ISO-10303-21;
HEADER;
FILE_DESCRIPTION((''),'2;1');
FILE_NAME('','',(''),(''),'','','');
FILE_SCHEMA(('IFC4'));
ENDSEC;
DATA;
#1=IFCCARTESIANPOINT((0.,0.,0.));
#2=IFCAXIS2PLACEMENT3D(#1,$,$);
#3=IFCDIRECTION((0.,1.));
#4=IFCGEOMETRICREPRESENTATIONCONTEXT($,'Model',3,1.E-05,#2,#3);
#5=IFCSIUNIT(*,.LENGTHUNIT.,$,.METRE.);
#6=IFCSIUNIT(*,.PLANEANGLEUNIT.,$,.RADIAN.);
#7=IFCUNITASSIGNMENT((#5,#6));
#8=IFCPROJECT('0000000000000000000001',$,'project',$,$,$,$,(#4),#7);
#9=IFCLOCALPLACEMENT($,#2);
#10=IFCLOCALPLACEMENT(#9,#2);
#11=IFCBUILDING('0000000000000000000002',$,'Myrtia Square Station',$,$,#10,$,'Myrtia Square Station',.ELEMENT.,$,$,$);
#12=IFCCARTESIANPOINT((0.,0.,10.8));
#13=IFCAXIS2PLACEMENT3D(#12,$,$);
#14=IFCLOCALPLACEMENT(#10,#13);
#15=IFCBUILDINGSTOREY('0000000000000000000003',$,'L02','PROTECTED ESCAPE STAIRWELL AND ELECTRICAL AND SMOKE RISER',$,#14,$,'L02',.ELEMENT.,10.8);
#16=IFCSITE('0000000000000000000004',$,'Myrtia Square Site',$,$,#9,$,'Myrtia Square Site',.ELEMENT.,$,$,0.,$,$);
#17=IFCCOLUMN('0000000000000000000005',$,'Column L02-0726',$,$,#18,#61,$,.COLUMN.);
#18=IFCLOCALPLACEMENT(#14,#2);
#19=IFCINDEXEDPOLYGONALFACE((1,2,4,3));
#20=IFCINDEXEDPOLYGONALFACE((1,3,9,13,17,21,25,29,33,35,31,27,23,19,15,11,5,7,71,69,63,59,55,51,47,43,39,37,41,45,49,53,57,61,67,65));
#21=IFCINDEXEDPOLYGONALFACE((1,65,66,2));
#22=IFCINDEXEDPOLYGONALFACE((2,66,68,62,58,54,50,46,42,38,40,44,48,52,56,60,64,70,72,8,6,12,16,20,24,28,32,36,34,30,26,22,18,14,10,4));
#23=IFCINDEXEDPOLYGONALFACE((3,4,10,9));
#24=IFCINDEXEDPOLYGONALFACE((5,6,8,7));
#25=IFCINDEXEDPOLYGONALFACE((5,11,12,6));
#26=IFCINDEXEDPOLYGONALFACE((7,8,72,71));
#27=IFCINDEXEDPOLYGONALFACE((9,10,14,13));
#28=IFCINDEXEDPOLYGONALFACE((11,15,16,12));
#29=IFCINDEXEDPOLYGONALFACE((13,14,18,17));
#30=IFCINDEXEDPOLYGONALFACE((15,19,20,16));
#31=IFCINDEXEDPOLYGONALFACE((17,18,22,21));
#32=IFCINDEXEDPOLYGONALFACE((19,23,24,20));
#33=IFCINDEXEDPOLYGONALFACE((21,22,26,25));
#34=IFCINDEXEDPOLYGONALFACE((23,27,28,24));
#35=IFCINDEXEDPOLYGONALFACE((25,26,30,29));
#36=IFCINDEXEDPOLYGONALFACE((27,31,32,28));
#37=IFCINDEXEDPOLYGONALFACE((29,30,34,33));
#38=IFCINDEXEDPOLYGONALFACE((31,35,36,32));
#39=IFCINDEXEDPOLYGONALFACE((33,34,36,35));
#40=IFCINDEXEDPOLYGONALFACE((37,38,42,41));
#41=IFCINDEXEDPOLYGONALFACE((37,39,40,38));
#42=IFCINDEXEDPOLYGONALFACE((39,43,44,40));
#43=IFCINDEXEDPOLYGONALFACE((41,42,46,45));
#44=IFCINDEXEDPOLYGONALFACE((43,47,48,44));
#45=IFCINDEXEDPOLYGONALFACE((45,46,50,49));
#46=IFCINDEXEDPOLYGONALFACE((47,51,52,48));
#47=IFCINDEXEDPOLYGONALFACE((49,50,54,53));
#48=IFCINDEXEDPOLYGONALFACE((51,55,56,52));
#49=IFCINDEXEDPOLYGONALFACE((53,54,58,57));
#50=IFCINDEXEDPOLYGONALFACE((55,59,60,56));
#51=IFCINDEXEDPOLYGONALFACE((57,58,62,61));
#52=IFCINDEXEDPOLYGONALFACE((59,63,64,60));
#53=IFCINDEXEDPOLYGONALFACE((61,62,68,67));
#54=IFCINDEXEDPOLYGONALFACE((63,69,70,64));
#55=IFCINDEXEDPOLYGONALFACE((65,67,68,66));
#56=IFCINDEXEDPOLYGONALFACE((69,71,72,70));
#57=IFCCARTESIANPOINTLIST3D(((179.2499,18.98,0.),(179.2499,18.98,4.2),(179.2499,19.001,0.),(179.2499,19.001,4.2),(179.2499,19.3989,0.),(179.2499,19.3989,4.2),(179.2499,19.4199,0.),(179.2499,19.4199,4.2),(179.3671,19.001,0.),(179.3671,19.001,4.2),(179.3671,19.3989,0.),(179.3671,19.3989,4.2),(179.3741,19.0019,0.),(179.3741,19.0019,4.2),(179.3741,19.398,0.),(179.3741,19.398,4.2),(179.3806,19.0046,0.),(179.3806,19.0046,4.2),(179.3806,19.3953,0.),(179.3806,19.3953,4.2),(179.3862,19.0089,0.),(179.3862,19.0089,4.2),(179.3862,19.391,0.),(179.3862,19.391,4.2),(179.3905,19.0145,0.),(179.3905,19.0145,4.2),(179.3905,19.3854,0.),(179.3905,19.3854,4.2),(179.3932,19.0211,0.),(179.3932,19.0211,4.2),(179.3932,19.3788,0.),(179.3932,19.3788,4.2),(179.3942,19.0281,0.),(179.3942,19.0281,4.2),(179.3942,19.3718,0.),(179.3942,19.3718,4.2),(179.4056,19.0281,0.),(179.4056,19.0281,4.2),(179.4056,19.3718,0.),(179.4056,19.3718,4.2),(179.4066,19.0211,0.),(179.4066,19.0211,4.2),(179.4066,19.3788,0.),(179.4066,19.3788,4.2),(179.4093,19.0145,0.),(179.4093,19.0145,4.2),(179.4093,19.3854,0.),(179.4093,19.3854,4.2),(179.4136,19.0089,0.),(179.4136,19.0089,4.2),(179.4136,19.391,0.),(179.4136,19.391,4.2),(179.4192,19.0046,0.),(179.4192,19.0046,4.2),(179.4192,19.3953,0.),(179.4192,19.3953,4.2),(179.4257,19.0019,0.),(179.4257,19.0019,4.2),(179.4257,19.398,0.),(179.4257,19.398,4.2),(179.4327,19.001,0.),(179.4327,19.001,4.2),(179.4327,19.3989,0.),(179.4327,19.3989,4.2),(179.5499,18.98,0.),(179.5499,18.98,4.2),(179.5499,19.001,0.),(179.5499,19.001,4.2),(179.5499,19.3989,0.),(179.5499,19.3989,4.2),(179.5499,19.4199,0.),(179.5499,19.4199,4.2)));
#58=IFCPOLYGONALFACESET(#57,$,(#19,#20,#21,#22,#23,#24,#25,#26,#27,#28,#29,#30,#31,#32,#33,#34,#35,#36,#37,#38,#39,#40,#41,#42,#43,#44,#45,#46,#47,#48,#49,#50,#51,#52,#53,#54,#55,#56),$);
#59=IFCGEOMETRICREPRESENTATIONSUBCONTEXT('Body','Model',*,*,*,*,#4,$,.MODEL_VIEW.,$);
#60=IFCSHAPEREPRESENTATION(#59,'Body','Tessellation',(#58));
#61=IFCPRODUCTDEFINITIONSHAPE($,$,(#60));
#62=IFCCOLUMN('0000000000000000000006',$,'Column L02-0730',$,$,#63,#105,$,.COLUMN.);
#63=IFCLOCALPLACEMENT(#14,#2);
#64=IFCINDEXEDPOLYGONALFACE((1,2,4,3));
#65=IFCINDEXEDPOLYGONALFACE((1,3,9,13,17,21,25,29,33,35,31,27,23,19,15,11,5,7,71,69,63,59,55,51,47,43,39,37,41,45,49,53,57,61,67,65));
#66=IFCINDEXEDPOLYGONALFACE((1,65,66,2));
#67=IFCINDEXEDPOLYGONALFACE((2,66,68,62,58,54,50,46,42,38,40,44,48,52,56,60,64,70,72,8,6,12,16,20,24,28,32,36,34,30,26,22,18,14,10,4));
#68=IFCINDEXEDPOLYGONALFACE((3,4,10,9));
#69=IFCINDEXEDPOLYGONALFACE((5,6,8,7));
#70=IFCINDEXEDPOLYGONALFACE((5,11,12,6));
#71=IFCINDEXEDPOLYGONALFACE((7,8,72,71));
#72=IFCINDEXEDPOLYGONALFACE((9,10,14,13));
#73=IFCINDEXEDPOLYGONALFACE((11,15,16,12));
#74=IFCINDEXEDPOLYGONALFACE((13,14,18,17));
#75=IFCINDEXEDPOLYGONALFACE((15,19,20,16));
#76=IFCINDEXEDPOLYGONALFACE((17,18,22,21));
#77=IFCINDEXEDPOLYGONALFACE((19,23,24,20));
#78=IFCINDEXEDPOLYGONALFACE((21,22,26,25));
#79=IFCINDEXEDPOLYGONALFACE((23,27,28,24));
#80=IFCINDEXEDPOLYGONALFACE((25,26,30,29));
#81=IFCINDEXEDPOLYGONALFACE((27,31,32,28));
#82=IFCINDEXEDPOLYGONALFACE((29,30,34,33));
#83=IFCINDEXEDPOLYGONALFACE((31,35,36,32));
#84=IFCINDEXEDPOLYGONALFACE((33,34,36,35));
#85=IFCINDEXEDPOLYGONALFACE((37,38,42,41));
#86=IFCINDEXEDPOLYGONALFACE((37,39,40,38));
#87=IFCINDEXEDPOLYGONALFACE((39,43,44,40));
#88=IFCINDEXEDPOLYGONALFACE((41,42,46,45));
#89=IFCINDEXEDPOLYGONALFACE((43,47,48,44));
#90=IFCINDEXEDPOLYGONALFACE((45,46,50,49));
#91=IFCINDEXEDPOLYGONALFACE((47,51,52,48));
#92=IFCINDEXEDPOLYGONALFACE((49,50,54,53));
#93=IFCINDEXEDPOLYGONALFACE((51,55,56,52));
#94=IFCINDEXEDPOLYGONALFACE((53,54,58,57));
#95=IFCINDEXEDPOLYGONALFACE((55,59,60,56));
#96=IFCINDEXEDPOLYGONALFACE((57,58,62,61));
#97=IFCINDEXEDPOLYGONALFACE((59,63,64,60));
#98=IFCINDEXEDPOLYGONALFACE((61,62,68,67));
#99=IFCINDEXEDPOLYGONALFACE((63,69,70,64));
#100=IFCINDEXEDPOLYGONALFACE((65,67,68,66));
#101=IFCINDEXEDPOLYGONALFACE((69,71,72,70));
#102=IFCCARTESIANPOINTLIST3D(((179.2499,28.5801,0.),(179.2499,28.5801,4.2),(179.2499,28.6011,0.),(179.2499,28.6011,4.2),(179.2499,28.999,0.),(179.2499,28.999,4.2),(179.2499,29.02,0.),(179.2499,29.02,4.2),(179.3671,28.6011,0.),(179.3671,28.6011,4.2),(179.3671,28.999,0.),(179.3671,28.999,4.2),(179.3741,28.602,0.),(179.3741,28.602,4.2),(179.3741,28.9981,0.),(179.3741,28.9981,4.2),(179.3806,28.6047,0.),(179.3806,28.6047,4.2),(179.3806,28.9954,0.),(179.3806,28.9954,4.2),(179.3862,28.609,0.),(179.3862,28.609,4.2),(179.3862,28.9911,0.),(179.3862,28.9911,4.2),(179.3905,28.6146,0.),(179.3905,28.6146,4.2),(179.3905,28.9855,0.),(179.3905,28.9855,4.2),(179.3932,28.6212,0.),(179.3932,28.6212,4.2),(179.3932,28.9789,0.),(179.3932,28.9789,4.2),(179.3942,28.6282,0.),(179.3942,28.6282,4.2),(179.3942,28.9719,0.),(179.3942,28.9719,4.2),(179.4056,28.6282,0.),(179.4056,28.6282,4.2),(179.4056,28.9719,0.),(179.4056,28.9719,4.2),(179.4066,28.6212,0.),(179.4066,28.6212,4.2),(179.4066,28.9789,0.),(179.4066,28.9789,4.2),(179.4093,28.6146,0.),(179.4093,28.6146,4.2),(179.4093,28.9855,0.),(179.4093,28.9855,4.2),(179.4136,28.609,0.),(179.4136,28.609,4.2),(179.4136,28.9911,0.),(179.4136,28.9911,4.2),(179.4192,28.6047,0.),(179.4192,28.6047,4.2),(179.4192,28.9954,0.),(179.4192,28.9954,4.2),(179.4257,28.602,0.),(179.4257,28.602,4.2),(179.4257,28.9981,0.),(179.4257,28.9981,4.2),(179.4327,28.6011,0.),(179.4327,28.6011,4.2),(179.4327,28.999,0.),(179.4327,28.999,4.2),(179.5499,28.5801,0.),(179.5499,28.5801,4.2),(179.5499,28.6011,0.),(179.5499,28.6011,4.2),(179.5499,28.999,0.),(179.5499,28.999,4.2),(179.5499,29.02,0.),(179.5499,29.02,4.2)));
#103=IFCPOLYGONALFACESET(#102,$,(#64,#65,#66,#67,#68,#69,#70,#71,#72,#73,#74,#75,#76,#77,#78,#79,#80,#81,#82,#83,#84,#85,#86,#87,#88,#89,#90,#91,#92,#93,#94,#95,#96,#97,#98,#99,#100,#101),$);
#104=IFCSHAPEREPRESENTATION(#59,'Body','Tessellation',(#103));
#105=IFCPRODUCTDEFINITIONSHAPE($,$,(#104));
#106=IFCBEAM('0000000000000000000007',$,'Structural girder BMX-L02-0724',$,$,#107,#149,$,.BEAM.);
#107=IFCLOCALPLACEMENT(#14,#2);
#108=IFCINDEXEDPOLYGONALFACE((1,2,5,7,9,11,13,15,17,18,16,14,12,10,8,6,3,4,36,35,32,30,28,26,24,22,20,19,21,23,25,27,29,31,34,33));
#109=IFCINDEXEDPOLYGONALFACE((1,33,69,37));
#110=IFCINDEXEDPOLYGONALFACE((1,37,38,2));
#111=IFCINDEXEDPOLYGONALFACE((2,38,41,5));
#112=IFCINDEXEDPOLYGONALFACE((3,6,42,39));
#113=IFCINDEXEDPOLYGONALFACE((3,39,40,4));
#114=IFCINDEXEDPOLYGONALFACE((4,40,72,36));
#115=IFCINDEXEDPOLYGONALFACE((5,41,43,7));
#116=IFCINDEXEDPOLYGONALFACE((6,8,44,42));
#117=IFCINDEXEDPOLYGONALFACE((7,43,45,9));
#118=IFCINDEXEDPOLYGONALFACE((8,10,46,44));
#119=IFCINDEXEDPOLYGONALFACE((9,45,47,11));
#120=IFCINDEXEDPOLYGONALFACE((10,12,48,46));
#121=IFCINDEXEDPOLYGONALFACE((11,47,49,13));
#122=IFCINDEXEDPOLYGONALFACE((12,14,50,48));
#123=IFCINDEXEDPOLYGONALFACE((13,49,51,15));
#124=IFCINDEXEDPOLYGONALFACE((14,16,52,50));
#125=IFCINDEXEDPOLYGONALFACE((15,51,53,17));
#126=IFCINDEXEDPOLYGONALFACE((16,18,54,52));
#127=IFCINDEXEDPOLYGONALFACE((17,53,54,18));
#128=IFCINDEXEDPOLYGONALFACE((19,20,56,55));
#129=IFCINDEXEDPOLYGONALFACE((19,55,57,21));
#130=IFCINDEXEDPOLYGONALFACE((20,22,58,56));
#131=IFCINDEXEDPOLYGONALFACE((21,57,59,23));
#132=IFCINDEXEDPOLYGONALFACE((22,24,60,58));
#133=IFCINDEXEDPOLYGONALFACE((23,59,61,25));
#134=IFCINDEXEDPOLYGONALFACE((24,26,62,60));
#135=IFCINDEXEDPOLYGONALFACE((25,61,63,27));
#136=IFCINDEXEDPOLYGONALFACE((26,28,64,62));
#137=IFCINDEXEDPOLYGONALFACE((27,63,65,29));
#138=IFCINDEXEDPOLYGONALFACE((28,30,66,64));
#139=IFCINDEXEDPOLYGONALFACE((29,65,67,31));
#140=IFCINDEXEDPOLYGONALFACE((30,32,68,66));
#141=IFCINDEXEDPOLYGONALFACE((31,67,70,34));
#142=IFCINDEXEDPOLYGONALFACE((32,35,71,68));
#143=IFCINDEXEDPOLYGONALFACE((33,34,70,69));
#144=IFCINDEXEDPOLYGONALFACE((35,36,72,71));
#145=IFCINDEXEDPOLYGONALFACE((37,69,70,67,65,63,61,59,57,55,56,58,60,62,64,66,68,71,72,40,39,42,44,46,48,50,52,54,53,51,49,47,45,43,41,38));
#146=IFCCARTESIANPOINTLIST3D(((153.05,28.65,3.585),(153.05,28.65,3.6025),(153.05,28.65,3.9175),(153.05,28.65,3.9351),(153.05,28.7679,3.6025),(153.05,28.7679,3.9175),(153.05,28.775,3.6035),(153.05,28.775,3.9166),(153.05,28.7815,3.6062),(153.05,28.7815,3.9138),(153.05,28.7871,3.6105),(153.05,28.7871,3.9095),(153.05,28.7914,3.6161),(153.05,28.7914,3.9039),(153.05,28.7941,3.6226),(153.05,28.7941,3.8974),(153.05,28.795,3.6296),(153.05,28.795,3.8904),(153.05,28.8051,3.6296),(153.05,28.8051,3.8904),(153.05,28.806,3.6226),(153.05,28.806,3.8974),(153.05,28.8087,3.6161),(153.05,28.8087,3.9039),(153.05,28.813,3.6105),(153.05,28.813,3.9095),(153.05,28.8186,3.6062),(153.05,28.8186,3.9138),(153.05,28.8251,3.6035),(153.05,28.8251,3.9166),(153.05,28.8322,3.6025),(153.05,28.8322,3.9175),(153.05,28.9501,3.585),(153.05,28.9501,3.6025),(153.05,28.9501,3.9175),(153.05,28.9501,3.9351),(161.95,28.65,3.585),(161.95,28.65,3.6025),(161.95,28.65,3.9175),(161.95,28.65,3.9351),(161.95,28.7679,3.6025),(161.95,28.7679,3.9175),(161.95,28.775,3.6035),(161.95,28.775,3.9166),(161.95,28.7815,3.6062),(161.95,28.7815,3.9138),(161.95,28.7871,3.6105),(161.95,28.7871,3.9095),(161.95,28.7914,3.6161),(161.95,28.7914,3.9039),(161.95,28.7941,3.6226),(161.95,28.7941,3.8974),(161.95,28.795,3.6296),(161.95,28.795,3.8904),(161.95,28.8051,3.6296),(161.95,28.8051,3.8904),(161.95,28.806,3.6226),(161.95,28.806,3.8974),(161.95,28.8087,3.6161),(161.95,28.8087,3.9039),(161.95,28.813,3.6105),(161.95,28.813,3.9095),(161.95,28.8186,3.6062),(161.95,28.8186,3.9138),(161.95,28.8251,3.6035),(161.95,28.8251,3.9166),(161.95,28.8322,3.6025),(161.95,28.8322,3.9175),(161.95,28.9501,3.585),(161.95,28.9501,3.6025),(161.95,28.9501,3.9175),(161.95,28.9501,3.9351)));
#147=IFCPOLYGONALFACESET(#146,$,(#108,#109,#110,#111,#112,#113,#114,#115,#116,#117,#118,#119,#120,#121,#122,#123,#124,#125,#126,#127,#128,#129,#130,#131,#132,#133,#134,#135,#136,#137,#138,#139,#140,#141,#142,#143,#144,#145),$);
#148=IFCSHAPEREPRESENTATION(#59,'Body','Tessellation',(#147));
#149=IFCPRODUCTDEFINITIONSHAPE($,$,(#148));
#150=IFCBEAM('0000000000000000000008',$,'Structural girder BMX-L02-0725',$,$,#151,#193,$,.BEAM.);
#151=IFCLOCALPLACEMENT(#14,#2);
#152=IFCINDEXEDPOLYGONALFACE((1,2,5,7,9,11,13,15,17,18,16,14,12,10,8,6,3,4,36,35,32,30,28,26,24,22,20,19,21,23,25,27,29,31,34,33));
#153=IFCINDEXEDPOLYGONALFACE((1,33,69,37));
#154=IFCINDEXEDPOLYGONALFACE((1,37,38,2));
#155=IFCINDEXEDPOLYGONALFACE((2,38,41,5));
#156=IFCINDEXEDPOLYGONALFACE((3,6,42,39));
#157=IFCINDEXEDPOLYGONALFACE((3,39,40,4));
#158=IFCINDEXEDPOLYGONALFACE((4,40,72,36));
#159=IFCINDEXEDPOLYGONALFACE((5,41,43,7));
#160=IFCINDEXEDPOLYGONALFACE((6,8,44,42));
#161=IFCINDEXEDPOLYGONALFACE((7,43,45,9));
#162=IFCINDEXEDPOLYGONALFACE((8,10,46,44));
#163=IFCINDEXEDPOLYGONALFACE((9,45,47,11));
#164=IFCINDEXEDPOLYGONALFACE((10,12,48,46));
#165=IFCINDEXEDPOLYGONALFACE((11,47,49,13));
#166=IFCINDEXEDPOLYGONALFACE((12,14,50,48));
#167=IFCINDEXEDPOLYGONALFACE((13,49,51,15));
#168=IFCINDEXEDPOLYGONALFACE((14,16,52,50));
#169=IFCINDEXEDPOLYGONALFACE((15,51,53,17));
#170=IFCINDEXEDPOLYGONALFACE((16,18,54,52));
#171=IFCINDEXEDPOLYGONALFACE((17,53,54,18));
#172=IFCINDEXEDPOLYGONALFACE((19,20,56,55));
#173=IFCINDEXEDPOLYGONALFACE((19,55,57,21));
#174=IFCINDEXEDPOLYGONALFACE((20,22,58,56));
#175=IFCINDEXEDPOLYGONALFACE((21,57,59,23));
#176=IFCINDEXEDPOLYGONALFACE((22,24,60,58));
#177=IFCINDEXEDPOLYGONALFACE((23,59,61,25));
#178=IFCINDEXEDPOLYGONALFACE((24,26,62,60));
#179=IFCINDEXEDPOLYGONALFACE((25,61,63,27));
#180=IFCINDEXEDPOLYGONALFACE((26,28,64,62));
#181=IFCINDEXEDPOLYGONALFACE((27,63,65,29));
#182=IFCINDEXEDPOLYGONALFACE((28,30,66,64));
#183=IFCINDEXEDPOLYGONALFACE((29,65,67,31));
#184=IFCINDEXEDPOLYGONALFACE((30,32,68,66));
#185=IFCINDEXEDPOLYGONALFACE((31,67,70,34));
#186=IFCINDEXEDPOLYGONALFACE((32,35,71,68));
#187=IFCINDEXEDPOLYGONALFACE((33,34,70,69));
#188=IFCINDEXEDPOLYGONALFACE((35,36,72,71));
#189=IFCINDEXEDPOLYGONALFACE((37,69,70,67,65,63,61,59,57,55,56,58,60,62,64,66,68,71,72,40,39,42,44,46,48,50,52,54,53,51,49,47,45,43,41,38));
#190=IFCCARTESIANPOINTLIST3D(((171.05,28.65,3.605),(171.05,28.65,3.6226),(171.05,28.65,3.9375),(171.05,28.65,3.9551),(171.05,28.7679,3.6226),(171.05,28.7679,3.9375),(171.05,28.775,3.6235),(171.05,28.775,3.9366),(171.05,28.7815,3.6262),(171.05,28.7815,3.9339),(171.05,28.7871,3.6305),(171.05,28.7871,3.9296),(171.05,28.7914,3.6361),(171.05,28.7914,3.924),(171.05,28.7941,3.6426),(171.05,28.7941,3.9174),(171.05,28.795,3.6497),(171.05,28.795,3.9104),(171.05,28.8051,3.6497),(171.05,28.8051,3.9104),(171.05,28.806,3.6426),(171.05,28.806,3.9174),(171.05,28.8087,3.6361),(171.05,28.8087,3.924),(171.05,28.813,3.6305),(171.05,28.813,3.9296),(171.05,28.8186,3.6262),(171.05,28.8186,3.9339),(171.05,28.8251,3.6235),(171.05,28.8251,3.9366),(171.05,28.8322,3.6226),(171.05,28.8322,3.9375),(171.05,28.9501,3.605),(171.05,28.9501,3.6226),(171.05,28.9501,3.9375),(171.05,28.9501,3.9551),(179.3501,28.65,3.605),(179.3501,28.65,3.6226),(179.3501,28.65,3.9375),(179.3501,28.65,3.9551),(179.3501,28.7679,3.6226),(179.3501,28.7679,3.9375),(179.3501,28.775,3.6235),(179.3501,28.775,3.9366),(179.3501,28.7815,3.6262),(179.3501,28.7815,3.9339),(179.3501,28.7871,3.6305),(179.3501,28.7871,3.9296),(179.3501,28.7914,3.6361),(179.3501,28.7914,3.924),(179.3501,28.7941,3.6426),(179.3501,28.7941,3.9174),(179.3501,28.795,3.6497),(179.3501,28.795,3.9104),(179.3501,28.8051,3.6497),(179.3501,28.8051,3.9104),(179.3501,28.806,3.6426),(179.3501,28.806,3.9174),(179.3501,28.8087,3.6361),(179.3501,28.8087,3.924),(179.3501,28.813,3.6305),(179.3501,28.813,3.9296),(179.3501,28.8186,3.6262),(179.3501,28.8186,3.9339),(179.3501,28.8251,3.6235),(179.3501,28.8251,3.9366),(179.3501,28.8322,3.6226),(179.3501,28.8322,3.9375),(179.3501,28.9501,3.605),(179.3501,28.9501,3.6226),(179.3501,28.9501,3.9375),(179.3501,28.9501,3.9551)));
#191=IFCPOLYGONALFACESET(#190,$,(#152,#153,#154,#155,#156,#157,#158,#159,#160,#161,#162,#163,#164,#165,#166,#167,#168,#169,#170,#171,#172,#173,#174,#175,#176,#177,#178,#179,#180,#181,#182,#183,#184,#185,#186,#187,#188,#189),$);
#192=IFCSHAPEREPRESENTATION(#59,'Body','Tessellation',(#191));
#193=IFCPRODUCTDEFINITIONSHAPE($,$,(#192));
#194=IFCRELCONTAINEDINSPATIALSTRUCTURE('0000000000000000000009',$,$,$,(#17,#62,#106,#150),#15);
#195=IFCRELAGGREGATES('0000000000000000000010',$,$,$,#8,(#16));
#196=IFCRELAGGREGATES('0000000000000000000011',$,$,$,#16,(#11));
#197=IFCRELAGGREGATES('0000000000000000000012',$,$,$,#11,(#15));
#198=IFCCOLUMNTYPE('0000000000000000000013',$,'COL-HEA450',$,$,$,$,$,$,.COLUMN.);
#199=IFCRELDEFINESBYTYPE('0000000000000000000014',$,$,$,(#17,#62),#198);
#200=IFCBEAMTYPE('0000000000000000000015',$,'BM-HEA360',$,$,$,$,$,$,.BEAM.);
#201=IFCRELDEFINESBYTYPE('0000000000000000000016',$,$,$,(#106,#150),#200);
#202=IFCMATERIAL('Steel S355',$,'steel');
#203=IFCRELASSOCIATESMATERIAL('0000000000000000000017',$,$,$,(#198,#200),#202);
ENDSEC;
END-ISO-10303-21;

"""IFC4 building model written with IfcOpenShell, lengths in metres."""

from ifc_helpers import new_model, si_unit, direction, frame, origin, origin_2d, place, context, subcontext, project, spatial, i_section, extrude, material, material_profile, profile_set, type_object, element, save


model = new_model("IFC4")

# Units and contexts
model_context = context("Model", 3, precision=1e-05, world=origin(), true_north=direction((0.0, 1.0)))
body_context = subcontext(model_context, "Body", "Model", "MODEL_VIEW")
ifc_project = project(units=[si_unit("LENGTHUNIT", "METRE"), si_unit("PLANEANGLEUNIT", "RADIAN")], contexts=[model_context])

# Site, building, storey
site_placement = place(None, origin())
site = spatial("IfcSite", under=ifc_project, at=site_placement, Name="Myrtia Square Site", LongName="Myrtia Square Site", CompositionType="ELEMENT", RefElevation=0.0)
building_placement = place(site_placement, origin())
building = spatial("IfcBuilding", under=site, at=building_placement, Name="Myrtia Square Station", LongName="Myrtia Square Station", CompositionType="ELEMENT")
storey_placement = place(building_placement, frame((0.0, 0.0, 10.8)))
storey = spatial("IfcBuildingStorey", under=building, at=storey_placement, Name="L02", Description="PROTECTED ESCAPE STAIRWELL AND ELECTRICAL AND SMOKE RISER", LongName="L02", CompositionType="ELEMENT", Elevation=10.8)

# Columns
ifc_material_1 = material(Name="Steel S355", Category="steel")
ifc_material_profile_1 = material_profile(ifc_material_1, i_section(OverallWidth=0.3, OverallDepth=0.4399, WebThickness=0.0115, FlangeThickness=0.021, FilletRadius=0.0271, at=origin_2d()), Name="HEA 450")
ifc_profile_set_1 = profile_set([ifc_material_profile_1], Name="Steel S355")
column_type = type_object("IfcColumnType", Name="COL-HEA450", PredefinedType="COLUMN", material=ifc_profile_set_1)
for number, where, z_axis, x_axis, name in (
    (1, (179.3999, 19.2, 0.0), (0.0, 0.0, 1.0), (1.0, 0.0, 0.0), "Column L02-0726"),
    (2, (179.3999, 28.8, 0.0), (0.0, 0.0, 1.0), (1.0, 0.0, 0.0), "Column L02-0730"),
):
    element("IfcColumn", number, at=place(storey_placement, frame(where, z_axis=z_axis, x_axis=x_axis)), inside=storey, type_object=column_type, Name=name, PredefinedType="COLUMN", context=body_context, shape_type="SweptSolid", body=[
        extrude(i_section(OverallWidth=0.3, OverallDepth=0.4399, WebThickness=0.0115, FlangeThickness=0.021, FilletRadius=0.0271, at=origin_2d()), origin(), (0.0, 0.0, 1.0), 4.2),
    ])

# Beams
ifc_material_profile_2 = material_profile(ifc_material_1, i_section(OverallWidth=0.3, OverallDepth=0.3501, WebThickness=0.01, FlangeThickness=0.0176, FilletRadius=0.0271, at=origin_2d()), Name="HEA 360")
ifc_profile_set_2 = profile_set([ifc_material_profile_2], Name="Steel S355")
beam_type_1 = type_object("IfcBeamType", Name="BM-HEA360", PredefinedType="BEAM", material=ifc_profile_set_2)
beam_1_placement = place(storey_placement, frame((153.05, 28.8, 3.76), z_axis=(1.0, 0.0, 0.0), x_axis=(0.0, 1.0, 0.0)))
element("IfcBeam", 3, at=beam_1_placement, inside=storey, type_object=beam_type_1, Name="Structural girder BMX-L02-0724", PredefinedType="BEAM", context=body_context, shape_type="SweptSolid", body=[
    extrude(i_section(OverallWidth=0.3, OverallDepth=0.3501, WebThickness=0.01, FlangeThickness=0.0176, FilletRadius=0.0271, at=origin_2d()), origin(), (0.0, 0.0, 1.0), 8.8999),
])
beam_2_placement = place(storey_placement, frame((171.05, 28.8, 3.78), z_axis=(1.0, 0.0, 0.0), x_axis=(0.0, 1.0, 0.0)))
element("IfcBeam", 4, at=beam_2_placement, inside=storey, type_object=beam_type_1, Name="Structural girder BMX-L02-0725", PredefinedType="BEAM", context=body_context, shape_type="SweptSolid", body=[
    extrude(i_section(OverallWidth=0.3, OverallDepth=0.3501, WebThickness=0.01, FlangeThickness=0.0176, FilletRadius=0.0271, at=origin_2d()), origin(), (0.0, 0.0, 1.0), 8.3),
])

save(model, "model.ifc")
